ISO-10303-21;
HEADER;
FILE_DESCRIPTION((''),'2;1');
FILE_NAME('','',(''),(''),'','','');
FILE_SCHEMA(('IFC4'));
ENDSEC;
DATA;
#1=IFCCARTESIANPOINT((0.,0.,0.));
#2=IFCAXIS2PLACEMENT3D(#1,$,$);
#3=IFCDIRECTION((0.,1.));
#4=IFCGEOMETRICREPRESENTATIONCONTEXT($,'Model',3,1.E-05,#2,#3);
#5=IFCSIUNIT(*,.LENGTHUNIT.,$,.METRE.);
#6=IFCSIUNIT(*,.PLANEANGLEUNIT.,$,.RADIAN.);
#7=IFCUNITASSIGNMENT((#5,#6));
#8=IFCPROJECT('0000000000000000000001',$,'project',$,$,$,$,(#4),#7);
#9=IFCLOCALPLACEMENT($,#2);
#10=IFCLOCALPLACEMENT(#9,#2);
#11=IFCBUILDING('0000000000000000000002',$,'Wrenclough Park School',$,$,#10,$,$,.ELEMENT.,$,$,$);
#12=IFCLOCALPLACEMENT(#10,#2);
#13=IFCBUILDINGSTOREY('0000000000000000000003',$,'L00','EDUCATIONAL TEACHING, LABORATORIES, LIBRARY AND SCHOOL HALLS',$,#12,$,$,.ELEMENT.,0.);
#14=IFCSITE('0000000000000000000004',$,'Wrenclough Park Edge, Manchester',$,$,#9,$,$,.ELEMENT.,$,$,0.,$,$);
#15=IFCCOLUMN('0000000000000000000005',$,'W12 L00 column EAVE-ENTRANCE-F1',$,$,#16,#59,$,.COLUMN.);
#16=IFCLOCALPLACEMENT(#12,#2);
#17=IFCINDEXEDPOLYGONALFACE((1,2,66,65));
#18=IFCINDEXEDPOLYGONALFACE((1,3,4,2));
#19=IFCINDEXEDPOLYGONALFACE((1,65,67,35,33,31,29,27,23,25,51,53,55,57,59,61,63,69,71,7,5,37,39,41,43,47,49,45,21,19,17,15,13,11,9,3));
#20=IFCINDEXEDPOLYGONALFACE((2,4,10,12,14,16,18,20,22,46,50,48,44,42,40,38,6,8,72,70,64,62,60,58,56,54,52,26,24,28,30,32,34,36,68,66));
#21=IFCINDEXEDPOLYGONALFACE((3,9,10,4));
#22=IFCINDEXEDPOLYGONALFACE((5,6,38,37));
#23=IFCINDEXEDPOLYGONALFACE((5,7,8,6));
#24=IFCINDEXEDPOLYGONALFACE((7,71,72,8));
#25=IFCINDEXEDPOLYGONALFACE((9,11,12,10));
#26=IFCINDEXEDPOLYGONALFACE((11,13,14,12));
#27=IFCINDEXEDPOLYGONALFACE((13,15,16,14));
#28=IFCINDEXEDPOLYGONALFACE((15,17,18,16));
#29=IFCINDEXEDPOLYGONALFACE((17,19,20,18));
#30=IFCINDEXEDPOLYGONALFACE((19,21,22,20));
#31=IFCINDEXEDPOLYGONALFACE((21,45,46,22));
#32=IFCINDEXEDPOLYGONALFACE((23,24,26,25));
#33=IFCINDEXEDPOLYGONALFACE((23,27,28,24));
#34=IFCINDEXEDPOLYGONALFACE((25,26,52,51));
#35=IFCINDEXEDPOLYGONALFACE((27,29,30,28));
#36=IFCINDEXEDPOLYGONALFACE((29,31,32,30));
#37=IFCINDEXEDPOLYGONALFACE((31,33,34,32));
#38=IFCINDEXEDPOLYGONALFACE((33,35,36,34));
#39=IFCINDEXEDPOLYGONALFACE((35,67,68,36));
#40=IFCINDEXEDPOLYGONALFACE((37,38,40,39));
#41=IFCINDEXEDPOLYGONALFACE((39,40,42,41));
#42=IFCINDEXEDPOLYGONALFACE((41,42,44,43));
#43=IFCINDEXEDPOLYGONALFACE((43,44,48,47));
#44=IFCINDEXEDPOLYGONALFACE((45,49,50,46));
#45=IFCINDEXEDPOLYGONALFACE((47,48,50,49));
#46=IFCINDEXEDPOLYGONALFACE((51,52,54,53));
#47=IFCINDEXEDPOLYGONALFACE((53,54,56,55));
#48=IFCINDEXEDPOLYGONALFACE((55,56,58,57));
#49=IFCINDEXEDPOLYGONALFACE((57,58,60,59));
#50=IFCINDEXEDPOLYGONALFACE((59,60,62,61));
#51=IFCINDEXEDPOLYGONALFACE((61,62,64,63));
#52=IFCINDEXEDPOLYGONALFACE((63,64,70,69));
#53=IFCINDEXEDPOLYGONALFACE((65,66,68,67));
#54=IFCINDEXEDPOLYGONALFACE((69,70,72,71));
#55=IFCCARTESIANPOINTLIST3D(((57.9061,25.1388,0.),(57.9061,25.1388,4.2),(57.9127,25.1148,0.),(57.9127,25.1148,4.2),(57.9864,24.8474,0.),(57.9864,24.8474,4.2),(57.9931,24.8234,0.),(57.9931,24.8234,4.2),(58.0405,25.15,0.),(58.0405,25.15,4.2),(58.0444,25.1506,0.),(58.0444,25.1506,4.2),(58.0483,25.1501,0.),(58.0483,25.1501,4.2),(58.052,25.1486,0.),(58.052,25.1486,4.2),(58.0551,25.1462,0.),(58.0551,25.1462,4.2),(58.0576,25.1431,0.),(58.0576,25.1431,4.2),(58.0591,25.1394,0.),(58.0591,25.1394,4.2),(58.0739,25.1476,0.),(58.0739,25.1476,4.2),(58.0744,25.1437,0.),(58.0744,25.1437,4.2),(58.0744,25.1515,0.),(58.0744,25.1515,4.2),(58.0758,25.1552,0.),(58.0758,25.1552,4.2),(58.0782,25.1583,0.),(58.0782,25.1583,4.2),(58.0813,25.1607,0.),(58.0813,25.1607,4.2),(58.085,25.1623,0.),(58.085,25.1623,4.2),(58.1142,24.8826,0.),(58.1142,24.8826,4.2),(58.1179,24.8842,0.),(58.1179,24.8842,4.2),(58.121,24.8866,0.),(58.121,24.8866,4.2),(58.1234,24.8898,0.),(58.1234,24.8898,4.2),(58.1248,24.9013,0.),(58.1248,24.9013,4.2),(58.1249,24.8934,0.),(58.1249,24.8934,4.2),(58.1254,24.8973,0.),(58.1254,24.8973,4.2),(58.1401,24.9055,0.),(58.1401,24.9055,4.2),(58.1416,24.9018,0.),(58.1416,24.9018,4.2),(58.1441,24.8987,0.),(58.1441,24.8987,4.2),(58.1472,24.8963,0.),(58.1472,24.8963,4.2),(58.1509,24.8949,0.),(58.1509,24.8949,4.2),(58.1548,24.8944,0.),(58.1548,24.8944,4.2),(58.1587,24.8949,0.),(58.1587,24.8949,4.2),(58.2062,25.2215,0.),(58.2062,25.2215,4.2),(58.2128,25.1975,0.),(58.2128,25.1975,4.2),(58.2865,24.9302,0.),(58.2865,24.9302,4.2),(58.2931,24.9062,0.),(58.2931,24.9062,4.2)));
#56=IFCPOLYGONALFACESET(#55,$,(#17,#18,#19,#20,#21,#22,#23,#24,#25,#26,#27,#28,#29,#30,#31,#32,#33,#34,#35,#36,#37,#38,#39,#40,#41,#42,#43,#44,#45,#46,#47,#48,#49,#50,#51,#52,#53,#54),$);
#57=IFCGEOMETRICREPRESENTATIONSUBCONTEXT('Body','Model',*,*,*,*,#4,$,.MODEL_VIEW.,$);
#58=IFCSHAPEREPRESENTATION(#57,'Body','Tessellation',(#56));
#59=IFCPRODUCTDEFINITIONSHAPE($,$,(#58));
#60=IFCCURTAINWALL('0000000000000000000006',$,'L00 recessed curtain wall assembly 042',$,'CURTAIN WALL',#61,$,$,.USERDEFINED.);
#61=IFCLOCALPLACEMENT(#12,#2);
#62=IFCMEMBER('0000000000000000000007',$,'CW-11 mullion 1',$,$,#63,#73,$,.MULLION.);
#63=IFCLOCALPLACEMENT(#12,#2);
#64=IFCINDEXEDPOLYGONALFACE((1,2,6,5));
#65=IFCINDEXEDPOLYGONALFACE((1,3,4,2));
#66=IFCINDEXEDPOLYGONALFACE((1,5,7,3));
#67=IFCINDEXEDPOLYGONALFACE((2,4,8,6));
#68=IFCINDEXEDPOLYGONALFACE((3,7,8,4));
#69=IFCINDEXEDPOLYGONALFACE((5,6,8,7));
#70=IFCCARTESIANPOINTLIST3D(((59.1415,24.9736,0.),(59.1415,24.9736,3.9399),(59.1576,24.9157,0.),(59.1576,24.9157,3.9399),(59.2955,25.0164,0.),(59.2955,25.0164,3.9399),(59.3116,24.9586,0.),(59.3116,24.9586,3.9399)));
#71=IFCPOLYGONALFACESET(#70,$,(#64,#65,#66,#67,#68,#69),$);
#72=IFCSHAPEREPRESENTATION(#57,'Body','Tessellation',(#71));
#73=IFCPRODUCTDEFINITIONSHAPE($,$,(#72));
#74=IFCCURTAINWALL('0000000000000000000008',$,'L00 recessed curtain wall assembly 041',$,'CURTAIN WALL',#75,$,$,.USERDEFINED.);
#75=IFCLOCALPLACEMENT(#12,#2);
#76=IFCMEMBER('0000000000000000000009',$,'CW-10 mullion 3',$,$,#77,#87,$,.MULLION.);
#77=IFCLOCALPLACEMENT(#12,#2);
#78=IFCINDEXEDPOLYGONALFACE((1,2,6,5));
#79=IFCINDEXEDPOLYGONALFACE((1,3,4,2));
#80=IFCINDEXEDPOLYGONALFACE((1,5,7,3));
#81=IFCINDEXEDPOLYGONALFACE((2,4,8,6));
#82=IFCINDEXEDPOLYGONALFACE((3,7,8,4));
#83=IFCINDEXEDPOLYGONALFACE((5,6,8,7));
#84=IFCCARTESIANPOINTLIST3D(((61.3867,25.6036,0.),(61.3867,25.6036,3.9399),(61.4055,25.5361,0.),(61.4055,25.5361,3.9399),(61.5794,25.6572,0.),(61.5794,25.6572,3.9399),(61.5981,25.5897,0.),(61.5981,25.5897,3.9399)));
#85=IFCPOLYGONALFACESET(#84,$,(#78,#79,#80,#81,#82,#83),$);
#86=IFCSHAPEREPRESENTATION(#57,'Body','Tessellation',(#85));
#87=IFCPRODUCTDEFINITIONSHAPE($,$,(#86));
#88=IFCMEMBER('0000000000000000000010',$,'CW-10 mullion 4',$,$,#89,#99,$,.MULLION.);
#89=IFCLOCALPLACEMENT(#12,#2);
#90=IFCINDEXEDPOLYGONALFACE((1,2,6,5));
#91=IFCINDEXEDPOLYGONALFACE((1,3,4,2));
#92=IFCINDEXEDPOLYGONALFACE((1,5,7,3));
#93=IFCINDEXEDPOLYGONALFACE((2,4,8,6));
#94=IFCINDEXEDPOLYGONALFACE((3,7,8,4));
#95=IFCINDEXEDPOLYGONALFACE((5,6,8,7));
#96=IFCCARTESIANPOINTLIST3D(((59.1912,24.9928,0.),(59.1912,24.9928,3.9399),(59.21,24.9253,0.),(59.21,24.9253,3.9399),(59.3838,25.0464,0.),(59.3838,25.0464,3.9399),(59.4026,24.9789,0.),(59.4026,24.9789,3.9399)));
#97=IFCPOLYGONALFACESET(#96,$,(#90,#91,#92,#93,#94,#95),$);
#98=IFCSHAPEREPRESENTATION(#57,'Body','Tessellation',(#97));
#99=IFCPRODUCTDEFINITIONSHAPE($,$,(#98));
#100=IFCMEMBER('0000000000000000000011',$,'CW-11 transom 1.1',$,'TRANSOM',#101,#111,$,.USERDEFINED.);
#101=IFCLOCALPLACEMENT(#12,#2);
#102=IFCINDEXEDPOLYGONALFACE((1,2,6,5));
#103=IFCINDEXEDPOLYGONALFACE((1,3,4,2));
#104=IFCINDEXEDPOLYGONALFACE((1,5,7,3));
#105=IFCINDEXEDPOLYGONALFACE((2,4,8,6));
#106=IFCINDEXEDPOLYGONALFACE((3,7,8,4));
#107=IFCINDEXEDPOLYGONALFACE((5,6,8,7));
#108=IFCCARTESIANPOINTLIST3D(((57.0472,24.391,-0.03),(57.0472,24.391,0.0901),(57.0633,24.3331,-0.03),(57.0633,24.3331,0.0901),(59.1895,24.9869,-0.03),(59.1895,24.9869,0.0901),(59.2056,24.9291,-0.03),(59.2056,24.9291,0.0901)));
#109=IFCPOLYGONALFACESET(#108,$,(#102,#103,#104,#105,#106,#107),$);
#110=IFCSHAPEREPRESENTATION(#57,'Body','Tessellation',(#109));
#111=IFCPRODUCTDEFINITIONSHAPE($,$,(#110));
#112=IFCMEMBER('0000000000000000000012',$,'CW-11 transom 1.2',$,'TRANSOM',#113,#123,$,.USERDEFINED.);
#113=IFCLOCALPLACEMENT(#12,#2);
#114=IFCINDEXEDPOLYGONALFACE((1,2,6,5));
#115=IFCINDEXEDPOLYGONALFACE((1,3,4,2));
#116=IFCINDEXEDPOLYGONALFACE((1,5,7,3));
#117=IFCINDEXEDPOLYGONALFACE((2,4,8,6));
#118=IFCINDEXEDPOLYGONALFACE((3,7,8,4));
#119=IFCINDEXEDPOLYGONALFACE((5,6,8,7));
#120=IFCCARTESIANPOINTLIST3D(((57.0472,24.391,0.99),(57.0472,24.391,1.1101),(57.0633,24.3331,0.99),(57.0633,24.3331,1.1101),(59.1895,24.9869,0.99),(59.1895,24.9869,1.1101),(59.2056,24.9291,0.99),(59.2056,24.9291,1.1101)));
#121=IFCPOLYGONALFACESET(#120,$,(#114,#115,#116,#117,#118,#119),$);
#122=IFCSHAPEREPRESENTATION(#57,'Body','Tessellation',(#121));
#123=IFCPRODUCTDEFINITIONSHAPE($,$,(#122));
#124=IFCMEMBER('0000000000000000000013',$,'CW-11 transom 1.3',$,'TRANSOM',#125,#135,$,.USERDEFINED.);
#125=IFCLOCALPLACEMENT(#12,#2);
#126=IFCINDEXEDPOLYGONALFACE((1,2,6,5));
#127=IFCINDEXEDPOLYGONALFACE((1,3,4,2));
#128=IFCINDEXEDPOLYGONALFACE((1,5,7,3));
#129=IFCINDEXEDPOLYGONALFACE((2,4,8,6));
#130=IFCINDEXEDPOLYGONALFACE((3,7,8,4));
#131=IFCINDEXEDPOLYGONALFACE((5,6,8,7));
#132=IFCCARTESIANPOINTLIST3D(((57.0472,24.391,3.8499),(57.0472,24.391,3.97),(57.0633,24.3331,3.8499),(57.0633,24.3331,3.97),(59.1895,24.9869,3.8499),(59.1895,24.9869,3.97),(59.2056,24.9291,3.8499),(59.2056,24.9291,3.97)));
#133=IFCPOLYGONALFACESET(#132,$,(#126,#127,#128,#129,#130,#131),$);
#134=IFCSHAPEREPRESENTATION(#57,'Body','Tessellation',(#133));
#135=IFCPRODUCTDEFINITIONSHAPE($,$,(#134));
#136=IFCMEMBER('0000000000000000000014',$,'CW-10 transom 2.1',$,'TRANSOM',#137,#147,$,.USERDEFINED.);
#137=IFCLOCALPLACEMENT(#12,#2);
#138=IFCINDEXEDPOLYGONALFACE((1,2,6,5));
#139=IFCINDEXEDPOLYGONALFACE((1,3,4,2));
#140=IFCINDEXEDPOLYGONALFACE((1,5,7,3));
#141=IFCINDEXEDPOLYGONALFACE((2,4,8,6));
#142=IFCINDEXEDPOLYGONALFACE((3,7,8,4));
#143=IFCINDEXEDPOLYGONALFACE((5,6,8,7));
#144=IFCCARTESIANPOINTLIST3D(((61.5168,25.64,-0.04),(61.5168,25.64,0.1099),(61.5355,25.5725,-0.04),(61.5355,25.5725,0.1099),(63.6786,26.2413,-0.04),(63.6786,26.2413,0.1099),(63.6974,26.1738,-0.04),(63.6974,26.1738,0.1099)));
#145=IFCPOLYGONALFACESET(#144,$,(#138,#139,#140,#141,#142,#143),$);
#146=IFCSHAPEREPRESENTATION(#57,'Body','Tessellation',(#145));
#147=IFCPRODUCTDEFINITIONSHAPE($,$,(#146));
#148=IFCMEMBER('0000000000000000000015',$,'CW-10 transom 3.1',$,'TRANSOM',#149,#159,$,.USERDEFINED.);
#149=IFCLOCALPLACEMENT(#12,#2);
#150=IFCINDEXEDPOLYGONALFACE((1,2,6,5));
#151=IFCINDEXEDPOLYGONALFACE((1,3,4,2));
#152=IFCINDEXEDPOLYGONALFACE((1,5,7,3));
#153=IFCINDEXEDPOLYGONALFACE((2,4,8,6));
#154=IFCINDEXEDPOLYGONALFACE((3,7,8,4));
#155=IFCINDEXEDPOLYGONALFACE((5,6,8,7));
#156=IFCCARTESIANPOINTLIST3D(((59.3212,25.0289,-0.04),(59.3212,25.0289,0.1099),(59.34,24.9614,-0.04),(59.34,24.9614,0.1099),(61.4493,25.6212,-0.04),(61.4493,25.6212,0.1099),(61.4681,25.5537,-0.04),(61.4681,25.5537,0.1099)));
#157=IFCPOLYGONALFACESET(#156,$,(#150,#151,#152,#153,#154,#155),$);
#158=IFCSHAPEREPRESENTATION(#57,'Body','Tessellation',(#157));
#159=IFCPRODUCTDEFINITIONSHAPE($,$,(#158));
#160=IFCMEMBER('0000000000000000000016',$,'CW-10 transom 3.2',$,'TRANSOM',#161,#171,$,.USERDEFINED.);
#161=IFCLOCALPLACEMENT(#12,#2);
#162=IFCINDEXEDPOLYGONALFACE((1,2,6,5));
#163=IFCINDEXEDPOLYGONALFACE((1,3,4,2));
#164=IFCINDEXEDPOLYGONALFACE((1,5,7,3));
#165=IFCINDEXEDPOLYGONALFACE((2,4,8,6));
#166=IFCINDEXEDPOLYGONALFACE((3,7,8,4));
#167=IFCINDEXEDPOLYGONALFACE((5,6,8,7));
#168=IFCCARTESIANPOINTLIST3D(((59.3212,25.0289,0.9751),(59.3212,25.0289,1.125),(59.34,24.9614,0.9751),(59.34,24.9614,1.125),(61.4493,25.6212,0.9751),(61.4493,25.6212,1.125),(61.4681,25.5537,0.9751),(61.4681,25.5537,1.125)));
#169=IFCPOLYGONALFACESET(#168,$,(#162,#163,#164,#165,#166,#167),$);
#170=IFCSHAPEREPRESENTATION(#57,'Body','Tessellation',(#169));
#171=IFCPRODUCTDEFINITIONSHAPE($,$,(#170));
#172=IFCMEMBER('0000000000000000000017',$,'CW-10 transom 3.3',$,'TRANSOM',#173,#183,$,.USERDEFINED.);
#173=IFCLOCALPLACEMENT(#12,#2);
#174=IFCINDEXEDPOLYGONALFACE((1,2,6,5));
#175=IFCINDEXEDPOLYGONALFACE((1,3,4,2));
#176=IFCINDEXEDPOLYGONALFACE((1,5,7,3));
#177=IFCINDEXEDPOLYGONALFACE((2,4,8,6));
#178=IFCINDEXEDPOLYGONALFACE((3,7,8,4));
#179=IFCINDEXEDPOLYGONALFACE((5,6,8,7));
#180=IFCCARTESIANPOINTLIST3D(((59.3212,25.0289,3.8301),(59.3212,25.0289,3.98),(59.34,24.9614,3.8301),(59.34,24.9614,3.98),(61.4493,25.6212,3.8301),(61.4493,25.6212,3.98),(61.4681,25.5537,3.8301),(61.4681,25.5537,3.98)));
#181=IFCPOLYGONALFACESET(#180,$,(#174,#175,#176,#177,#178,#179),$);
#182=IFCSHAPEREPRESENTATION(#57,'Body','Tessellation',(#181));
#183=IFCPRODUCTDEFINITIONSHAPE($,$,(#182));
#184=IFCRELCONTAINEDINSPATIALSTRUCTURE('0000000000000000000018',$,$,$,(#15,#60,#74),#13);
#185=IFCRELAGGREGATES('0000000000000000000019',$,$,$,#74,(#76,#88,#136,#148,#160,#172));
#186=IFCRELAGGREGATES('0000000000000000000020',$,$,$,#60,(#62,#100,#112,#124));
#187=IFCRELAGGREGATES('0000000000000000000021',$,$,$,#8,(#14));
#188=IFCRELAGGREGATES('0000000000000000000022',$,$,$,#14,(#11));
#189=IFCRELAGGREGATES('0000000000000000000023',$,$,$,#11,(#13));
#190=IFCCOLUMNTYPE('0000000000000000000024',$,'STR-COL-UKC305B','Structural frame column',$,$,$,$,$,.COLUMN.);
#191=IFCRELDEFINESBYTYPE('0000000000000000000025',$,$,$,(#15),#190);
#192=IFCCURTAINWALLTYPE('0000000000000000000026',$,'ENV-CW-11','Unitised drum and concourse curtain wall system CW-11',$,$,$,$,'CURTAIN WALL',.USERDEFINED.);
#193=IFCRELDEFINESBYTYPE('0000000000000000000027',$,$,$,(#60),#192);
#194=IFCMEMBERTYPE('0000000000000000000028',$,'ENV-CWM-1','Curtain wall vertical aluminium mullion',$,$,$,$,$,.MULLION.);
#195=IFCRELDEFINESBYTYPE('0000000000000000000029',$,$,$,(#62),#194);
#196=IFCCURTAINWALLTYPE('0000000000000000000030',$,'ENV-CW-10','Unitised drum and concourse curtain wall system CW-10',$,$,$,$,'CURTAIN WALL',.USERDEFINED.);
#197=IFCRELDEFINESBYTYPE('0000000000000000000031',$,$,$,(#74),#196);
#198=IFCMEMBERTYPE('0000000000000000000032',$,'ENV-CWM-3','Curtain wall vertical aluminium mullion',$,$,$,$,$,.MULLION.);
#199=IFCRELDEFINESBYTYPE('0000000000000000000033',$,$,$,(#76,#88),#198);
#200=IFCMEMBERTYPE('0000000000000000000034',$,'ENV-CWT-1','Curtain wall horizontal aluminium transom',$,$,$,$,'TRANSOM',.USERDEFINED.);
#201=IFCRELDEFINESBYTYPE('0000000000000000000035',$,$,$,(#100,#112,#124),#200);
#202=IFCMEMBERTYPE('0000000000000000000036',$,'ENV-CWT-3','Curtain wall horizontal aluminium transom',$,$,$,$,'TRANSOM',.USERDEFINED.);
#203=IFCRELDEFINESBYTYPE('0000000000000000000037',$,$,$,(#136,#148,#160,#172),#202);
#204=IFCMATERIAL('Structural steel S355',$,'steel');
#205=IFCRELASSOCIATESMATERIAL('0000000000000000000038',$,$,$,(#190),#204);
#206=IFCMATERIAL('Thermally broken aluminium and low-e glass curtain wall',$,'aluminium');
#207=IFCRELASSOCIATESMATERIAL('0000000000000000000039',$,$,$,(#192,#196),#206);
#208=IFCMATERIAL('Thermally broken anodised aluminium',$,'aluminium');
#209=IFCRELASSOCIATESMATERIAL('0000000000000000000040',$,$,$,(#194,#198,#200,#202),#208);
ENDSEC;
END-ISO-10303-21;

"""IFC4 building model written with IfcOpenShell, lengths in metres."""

from ifc_helpers import new_model, si_unit, direction, frame, origin, origin_2d, place, context, subcontext, project, spatial, rectangle, i_section, extrude, material, material_profile, profile_set, type_object, element, aggregate, save


model = new_model("IFC4")

# Units and contexts
model_context = context("Model", 3, precision=1e-05, world=origin(), true_north=direction((0.0, 1.0)))
body_context = subcontext(model_context, "Body", "Model", "MODEL_VIEW")
ifc_project = project(units=[si_unit("LENGTHUNIT", "METRE"), si_unit("PLANEANGLEUNIT", "RADIAN")], contexts=[model_context])

# Site, building, storey
site_placement = place(None, origin())
site = spatial("IfcSite", under=ifc_project, at=site_placement, Name="Wrenclough Park Edge, Manchester", CompositionType="ELEMENT", RefElevation=0.0)
building_placement = place(site_placement, origin())
building = spatial("IfcBuilding", under=site, at=building_placement, Name="Wrenclough Park School", CompositionType="ELEMENT")
storey_placement = place(building_placement, origin())
storey = spatial("IfcBuildingStorey", under=building, at=storey_placement, Name="L00", Description="EDUCATIONAL TEACHING, LABORATORIES, LIBRARY AND SCHOOL HALLS", CompositionType="ELEMENT", Elevation=0.0)

# Column
ifc_material_1 = material(Name="Structural steel S355", Category="steel")
ifc_material_profile_1 = material_profile(ifc_material_1, i_section(OverallWidth=0.3113, OverallDepth=0.3271, WebThickness=0.0159, FlangeThickness=0.0249, FilletRadius=0.0151, at=origin_2d()), Name="UKC 305x305x158")
ifc_profile_set_1 = profile_set([ifc_material_profile_1], Name="Structural steel S355")
column_type = type_object("IfcColumnType", Name="STR-COL-UKC305B", Description="Structural frame column", PredefinedType="COLUMN", material=ifc_profile_set_1)
column_placement = place(storey_placement, frame((58.0996, 25.0225, 0.0), z_axis=(0.0, 0.0, 1.0), x_axis=(0.964003, 0.265893, 0.0)))
element("IfcColumn", 1, at=column_placement, inside=storey, type_object=column_type, Name="W12 L00 column EAVE-ENTRANCE-F1", PredefinedType="COLUMN", context=body_context, shape_type="SweptSolid", body=[
    extrude(i_section(OverallWidth=0.3113, OverallDepth=0.3271, WebThickness=0.0159, FlangeThickness=0.0249, FilletRadius=0.0151, at=origin_2d()), origin(), (0.0, 0.0, 1.0), 4.2),
])

# Curtain wall, member
ifc_material_2 = material(Name="Thermally broken aluminium and low-e glass curtain wall", Category="aluminium")
curtain_wall_type_1 = type_object("IfcCurtainWallType", Name="ENV-CW-11", Description="Unitised drum and concourse curtain wall system CW-11", ElementType="CURTAIN WALL", PredefinedType="USERDEFINED", material=ifc_material_2)
curtain_wall_1_placement = place(storey_placement, origin())
curtain_wall_1 = element("IfcCurtainWall", 2, at=curtain_wall_1_placement, inside=storey, type_object=curtain_wall_type_1, Name="L00 recessed curtain wall assembly 042", ObjectType="CURTAIN WALL", PredefinedType="USERDEFINED")
ifc_material_3 = material(Name="Thermally broken anodised aluminium", Category="aluminium")
ifc_material_profile_2 = material_profile(ifc_material_3, rectangle(XDim=0.0601, YDim=0.1599, at=origin_2d()), Name="AL MULLION 60x160")
ifc_profile_set_2 = profile_set([ifc_material_profile_2], Name="Thermally broken anodised aluminium")
member_type_1 = type_object("IfcMemberType", Name="ENV-CWM-1", Description="Curtain wall vertical aluminium mullion", PredefinedType="MULLION", material=ifc_profile_set_2)
member_1_placement = place(storey_placement, frame((59.2266, 24.9661, 0.0), z_axis=(0.0, 0.0, 1.0), x_axis=(0.268073, -0.963399, 0.0)))
member_1 = element("IfcMember", 3, at=member_1_placement, type_object=member_type_1, Name="CW-11 mullion 1", PredefinedType="MULLION", context=body_context, shape_type="SweptSolid", body=[
    extrude(rectangle(XDim=0.0601, YDim=0.1599, at=origin_2d()), origin(), (0.0, 0.0, 1.0), 3.9399),
])

# Curtain wall, members
curtain_wall_type_2 = type_object("IfcCurtainWallType", Name="ENV-CW-10", Description="Unitised drum and concourse curtain wall system CW-10", ElementType="CURTAIN WALL", PredefinedType="USERDEFINED", material=ifc_material_2)
curtain_wall_2_placement = place(storey_placement, origin())
curtain_wall_2 = element("IfcCurtainWall", 4, at=curtain_wall_2_placement, inside=storey, type_object=curtain_wall_type_2, Name="L00 recessed curtain wall assembly 041", ObjectType="CURTAIN WALL", PredefinedType="USERDEFINED")
ifc_material_profile_3 = material_profile(ifc_material_3, rectangle(XDim=0.0701, YDim=0.2, at=origin_2d()), Name="AL MULLION 70x200")
ifc_profile_set_3 = profile_set([ifc_material_profile_3], Name="Thermally broken anodised aluminium")
member_type_2 = type_object("IfcMemberType", Name="ENV-CWM-3", Description="Curtain wall vertical aluminium mullion", PredefinedType="MULLION", material=ifc_profile_set_3)
member_2_placement = place(storey_placement, frame((61.4924, 25.5967, 0.0), z_axis=(0.0, 0.0, 1.0), x_axis=(0.268069, -0.9634, 0.0)))
member_2 = element("IfcMember", 5, at=member_2_placement, type_object=member_type_2, Name="CW-10 mullion 3", PredefinedType="MULLION", context=body_context, shape_type="SweptSolid", body=[
    extrude(rectangle(XDim=0.0701, YDim=0.2, at=origin_2d()), origin(), (0.0, 0.0, 1.0), 3.9399),
])
member_3_placement = place(storey_placement, frame((59.2969, 24.9858, 0.0), z_axis=(0.0, 0.0, 1.0), x_axis=(0.268069, -0.9634, 0.0)))
member_3 = element("IfcMember", 6, at=member_3_placement, type_object=member_type_2, Name="CW-10 mullion 4", PredefinedType="MULLION", context=body_context, shape_type="SweptSolid", body=[
    extrude(rectangle(XDim=0.0701, YDim=0.2, at=origin_2d()), origin(), (0.0, 0.0, 1.0), 3.9399),
])

# Members
ifc_material_profile_4 = material_profile(ifc_material_3, rectangle(XDim=0.0601, YDim=0.1201, at=origin_2d()), Name="AL TRANSOM 60x120")
ifc_profile_set_4 = profile_set([ifc_material_profile_4], Name="Thermally broken anodised aluminium")
member_type_3 = type_object("IfcMemberType", Name="ENV-CWT-1", Description="Curtain wall horizontal aluminium transom", ElementType="TRANSOM", PredefinedType="USERDEFINED", material=ifc_profile_set_4)
member_4_placement = place(storey_placement, frame((59.1975, 24.958, 0.03), z_axis=(-0.963419, -0.268001, 0.0), x_axis=(0.268001, -0.963419, 0.0)))
member_4 = element("IfcMember", 7, at=member_4_placement, type_object=member_type_3, Name="CW-11 transom 1.1", ObjectType="TRANSOM", PredefinedType="USERDEFINED", context=body_context, shape_type="SweptSolid", body=[
    extrude(rectangle(XDim=0.0601, YDim=0.1201, at=origin_2d()), origin(), (0.0, 0.0, 1.0), 2.2236),
])
member_5_placement = place(storey_placement, frame((59.1975, 24.958, 1.05), z_axis=(-0.963419, -0.268001, 0.0), x_axis=(0.268001, -0.963419, 0.0)))
member_5 = element("IfcMember", 8, at=member_5_placement, type_object=member_type_3, Name="CW-11 transom 1.2", ObjectType="TRANSOM", PredefinedType="USERDEFINED", context=body_context, shape_type="SweptSolid", body=[
    extrude(rectangle(XDim=0.0601, YDim=0.1201, at=origin_2d()), origin(), (0.0, 0.0, 1.0), 2.2236),
])
member_6_placement = place(storey_placement, frame((59.1975, 24.958, 3.9099), z_axis=(-0.963419, -0.268001, 0.0), x_axis=(0.268001, -0.963419, 0.0)))
member_6 = element("IfcMember", 9, at=member_6_placement, type_object=member_type_3, Name="CW-11 transom 1.3", ObjectType="TRANSOM", PredefinedType="USERDEFINED", context=body_context, shape_type="SweptSolid", body=[
    extrude(rectangle(XDim=0.0601, YDim=0.1201, at=origin_2d()), origin(), (0.0, 0.0, 1.0), 2.2236),
])
ifc_material_profile_5 = material_profile(ifc_material_3, rectangle(XDim=0.0701, YDim=0.1499, at=origin_2d()), Name="AL TRANSOM 70x150")
ifc_profile_set_5 = profile_set([ifc_material_profile_5], Name="Thermally broken anodised aluminium")
member_type_4 = type_object("IfcMemberType", Name="ENV-CWT-3", Description="Curtain wall horizontal aluminium transom", ElementType="TRANSOM", PredefinedType="USERDEFINED", material=ifc_profile_set_5)
member_7_placement = place(storey_placement, frame((63.688, 26.2075, 0.0349), z_axis=(-0.963426, -0.267975, 0.0), x_axis=(0.267975, -0.963426, 0.0)))
member_7 = element("IfcMember", 10, at=member_7_placement, type_object=member_type_4, Name="CW-10 transom 2.1", ObjectType="TRANSOM", PredefinedType="USERDEFINED", context=body_context, shape_type="SweptSolid", body=[
    extrude(rectangle(XDim=0.0701, YDim=0.1499, at=origin_2d()), origin(), (0.0, 0.0, 1.0), 2.2439),
])
member_8_placement = place(storey_placement, frame((61.4587, 25.5874, 0.0349), z_axis=(-0.963386, -0.268117, 0.0), x_axis=(0.268117, -0.963386, 0.0)))
member_8 = element("IfcMember", 11, at=member_8_placement, type_object=member_type_4, Name="CW-10 transom 3.1", ObjectType="TRANSOM", PredefinedType="USERDEFINED", context=body_context, shape_type="SweptSolid", body=[
    extrude(rectangle(XDim=0.0701, YDim=0.1499, at=origin_2d()), origin(), (0.0, 0.0, 1.0), 2.209),
])
member_9_placement = place(storey_placement, frame((61.4587, 25.5874, 1.05), z_axis=(-0.963386, -0.268117, 0.0), x_axis=(0.268117, -0.963386, 0.0)))
member_9 = element("IfcMember", 12, at=member_9_placement, type_object=member_type_4, Name="CW-10 transom 3.2", ObjectType="TRANSOM", PredefinedType="USERDEFINED", context=body_context, shape_type="SweptSolid", body=[
    extrude(rectangle(XDim=0.0701, YDim=0.1499, at=origin_2d()), origin(), (0.0, 0.0, 1.0), 2.209),
])
member_10_placement = place(storey_placement, frame((61.4587, 25.5874, 3.905), z_axis=(-0.963386, -0.268117, 0.0), x_axis=(0.268117, -0.963386, 0.0)))
member_10 = element("IfcMember", 13, at=member_10_placement, type_object=member_type_4, Name="CW-10 transom 3.3", ObjectType="TRANSOM", PredefinedType="USERDEFINED", context=body_context, shape_type="SweptSolid", body=[
    extrude(rectangle(XDim=0.0701, YDim=0.1499, at=origin_2d()), origin(), (0.0, 0.0, 1.0), 2.209),
])

aggregate(curtain_wall_2, [member_2, member_3, member_7, member_8, member_9, member_10])
aggregate(curtain_wall_1, [member_1, member_4, member_5, member_6])

save(model, "model.ifc")
